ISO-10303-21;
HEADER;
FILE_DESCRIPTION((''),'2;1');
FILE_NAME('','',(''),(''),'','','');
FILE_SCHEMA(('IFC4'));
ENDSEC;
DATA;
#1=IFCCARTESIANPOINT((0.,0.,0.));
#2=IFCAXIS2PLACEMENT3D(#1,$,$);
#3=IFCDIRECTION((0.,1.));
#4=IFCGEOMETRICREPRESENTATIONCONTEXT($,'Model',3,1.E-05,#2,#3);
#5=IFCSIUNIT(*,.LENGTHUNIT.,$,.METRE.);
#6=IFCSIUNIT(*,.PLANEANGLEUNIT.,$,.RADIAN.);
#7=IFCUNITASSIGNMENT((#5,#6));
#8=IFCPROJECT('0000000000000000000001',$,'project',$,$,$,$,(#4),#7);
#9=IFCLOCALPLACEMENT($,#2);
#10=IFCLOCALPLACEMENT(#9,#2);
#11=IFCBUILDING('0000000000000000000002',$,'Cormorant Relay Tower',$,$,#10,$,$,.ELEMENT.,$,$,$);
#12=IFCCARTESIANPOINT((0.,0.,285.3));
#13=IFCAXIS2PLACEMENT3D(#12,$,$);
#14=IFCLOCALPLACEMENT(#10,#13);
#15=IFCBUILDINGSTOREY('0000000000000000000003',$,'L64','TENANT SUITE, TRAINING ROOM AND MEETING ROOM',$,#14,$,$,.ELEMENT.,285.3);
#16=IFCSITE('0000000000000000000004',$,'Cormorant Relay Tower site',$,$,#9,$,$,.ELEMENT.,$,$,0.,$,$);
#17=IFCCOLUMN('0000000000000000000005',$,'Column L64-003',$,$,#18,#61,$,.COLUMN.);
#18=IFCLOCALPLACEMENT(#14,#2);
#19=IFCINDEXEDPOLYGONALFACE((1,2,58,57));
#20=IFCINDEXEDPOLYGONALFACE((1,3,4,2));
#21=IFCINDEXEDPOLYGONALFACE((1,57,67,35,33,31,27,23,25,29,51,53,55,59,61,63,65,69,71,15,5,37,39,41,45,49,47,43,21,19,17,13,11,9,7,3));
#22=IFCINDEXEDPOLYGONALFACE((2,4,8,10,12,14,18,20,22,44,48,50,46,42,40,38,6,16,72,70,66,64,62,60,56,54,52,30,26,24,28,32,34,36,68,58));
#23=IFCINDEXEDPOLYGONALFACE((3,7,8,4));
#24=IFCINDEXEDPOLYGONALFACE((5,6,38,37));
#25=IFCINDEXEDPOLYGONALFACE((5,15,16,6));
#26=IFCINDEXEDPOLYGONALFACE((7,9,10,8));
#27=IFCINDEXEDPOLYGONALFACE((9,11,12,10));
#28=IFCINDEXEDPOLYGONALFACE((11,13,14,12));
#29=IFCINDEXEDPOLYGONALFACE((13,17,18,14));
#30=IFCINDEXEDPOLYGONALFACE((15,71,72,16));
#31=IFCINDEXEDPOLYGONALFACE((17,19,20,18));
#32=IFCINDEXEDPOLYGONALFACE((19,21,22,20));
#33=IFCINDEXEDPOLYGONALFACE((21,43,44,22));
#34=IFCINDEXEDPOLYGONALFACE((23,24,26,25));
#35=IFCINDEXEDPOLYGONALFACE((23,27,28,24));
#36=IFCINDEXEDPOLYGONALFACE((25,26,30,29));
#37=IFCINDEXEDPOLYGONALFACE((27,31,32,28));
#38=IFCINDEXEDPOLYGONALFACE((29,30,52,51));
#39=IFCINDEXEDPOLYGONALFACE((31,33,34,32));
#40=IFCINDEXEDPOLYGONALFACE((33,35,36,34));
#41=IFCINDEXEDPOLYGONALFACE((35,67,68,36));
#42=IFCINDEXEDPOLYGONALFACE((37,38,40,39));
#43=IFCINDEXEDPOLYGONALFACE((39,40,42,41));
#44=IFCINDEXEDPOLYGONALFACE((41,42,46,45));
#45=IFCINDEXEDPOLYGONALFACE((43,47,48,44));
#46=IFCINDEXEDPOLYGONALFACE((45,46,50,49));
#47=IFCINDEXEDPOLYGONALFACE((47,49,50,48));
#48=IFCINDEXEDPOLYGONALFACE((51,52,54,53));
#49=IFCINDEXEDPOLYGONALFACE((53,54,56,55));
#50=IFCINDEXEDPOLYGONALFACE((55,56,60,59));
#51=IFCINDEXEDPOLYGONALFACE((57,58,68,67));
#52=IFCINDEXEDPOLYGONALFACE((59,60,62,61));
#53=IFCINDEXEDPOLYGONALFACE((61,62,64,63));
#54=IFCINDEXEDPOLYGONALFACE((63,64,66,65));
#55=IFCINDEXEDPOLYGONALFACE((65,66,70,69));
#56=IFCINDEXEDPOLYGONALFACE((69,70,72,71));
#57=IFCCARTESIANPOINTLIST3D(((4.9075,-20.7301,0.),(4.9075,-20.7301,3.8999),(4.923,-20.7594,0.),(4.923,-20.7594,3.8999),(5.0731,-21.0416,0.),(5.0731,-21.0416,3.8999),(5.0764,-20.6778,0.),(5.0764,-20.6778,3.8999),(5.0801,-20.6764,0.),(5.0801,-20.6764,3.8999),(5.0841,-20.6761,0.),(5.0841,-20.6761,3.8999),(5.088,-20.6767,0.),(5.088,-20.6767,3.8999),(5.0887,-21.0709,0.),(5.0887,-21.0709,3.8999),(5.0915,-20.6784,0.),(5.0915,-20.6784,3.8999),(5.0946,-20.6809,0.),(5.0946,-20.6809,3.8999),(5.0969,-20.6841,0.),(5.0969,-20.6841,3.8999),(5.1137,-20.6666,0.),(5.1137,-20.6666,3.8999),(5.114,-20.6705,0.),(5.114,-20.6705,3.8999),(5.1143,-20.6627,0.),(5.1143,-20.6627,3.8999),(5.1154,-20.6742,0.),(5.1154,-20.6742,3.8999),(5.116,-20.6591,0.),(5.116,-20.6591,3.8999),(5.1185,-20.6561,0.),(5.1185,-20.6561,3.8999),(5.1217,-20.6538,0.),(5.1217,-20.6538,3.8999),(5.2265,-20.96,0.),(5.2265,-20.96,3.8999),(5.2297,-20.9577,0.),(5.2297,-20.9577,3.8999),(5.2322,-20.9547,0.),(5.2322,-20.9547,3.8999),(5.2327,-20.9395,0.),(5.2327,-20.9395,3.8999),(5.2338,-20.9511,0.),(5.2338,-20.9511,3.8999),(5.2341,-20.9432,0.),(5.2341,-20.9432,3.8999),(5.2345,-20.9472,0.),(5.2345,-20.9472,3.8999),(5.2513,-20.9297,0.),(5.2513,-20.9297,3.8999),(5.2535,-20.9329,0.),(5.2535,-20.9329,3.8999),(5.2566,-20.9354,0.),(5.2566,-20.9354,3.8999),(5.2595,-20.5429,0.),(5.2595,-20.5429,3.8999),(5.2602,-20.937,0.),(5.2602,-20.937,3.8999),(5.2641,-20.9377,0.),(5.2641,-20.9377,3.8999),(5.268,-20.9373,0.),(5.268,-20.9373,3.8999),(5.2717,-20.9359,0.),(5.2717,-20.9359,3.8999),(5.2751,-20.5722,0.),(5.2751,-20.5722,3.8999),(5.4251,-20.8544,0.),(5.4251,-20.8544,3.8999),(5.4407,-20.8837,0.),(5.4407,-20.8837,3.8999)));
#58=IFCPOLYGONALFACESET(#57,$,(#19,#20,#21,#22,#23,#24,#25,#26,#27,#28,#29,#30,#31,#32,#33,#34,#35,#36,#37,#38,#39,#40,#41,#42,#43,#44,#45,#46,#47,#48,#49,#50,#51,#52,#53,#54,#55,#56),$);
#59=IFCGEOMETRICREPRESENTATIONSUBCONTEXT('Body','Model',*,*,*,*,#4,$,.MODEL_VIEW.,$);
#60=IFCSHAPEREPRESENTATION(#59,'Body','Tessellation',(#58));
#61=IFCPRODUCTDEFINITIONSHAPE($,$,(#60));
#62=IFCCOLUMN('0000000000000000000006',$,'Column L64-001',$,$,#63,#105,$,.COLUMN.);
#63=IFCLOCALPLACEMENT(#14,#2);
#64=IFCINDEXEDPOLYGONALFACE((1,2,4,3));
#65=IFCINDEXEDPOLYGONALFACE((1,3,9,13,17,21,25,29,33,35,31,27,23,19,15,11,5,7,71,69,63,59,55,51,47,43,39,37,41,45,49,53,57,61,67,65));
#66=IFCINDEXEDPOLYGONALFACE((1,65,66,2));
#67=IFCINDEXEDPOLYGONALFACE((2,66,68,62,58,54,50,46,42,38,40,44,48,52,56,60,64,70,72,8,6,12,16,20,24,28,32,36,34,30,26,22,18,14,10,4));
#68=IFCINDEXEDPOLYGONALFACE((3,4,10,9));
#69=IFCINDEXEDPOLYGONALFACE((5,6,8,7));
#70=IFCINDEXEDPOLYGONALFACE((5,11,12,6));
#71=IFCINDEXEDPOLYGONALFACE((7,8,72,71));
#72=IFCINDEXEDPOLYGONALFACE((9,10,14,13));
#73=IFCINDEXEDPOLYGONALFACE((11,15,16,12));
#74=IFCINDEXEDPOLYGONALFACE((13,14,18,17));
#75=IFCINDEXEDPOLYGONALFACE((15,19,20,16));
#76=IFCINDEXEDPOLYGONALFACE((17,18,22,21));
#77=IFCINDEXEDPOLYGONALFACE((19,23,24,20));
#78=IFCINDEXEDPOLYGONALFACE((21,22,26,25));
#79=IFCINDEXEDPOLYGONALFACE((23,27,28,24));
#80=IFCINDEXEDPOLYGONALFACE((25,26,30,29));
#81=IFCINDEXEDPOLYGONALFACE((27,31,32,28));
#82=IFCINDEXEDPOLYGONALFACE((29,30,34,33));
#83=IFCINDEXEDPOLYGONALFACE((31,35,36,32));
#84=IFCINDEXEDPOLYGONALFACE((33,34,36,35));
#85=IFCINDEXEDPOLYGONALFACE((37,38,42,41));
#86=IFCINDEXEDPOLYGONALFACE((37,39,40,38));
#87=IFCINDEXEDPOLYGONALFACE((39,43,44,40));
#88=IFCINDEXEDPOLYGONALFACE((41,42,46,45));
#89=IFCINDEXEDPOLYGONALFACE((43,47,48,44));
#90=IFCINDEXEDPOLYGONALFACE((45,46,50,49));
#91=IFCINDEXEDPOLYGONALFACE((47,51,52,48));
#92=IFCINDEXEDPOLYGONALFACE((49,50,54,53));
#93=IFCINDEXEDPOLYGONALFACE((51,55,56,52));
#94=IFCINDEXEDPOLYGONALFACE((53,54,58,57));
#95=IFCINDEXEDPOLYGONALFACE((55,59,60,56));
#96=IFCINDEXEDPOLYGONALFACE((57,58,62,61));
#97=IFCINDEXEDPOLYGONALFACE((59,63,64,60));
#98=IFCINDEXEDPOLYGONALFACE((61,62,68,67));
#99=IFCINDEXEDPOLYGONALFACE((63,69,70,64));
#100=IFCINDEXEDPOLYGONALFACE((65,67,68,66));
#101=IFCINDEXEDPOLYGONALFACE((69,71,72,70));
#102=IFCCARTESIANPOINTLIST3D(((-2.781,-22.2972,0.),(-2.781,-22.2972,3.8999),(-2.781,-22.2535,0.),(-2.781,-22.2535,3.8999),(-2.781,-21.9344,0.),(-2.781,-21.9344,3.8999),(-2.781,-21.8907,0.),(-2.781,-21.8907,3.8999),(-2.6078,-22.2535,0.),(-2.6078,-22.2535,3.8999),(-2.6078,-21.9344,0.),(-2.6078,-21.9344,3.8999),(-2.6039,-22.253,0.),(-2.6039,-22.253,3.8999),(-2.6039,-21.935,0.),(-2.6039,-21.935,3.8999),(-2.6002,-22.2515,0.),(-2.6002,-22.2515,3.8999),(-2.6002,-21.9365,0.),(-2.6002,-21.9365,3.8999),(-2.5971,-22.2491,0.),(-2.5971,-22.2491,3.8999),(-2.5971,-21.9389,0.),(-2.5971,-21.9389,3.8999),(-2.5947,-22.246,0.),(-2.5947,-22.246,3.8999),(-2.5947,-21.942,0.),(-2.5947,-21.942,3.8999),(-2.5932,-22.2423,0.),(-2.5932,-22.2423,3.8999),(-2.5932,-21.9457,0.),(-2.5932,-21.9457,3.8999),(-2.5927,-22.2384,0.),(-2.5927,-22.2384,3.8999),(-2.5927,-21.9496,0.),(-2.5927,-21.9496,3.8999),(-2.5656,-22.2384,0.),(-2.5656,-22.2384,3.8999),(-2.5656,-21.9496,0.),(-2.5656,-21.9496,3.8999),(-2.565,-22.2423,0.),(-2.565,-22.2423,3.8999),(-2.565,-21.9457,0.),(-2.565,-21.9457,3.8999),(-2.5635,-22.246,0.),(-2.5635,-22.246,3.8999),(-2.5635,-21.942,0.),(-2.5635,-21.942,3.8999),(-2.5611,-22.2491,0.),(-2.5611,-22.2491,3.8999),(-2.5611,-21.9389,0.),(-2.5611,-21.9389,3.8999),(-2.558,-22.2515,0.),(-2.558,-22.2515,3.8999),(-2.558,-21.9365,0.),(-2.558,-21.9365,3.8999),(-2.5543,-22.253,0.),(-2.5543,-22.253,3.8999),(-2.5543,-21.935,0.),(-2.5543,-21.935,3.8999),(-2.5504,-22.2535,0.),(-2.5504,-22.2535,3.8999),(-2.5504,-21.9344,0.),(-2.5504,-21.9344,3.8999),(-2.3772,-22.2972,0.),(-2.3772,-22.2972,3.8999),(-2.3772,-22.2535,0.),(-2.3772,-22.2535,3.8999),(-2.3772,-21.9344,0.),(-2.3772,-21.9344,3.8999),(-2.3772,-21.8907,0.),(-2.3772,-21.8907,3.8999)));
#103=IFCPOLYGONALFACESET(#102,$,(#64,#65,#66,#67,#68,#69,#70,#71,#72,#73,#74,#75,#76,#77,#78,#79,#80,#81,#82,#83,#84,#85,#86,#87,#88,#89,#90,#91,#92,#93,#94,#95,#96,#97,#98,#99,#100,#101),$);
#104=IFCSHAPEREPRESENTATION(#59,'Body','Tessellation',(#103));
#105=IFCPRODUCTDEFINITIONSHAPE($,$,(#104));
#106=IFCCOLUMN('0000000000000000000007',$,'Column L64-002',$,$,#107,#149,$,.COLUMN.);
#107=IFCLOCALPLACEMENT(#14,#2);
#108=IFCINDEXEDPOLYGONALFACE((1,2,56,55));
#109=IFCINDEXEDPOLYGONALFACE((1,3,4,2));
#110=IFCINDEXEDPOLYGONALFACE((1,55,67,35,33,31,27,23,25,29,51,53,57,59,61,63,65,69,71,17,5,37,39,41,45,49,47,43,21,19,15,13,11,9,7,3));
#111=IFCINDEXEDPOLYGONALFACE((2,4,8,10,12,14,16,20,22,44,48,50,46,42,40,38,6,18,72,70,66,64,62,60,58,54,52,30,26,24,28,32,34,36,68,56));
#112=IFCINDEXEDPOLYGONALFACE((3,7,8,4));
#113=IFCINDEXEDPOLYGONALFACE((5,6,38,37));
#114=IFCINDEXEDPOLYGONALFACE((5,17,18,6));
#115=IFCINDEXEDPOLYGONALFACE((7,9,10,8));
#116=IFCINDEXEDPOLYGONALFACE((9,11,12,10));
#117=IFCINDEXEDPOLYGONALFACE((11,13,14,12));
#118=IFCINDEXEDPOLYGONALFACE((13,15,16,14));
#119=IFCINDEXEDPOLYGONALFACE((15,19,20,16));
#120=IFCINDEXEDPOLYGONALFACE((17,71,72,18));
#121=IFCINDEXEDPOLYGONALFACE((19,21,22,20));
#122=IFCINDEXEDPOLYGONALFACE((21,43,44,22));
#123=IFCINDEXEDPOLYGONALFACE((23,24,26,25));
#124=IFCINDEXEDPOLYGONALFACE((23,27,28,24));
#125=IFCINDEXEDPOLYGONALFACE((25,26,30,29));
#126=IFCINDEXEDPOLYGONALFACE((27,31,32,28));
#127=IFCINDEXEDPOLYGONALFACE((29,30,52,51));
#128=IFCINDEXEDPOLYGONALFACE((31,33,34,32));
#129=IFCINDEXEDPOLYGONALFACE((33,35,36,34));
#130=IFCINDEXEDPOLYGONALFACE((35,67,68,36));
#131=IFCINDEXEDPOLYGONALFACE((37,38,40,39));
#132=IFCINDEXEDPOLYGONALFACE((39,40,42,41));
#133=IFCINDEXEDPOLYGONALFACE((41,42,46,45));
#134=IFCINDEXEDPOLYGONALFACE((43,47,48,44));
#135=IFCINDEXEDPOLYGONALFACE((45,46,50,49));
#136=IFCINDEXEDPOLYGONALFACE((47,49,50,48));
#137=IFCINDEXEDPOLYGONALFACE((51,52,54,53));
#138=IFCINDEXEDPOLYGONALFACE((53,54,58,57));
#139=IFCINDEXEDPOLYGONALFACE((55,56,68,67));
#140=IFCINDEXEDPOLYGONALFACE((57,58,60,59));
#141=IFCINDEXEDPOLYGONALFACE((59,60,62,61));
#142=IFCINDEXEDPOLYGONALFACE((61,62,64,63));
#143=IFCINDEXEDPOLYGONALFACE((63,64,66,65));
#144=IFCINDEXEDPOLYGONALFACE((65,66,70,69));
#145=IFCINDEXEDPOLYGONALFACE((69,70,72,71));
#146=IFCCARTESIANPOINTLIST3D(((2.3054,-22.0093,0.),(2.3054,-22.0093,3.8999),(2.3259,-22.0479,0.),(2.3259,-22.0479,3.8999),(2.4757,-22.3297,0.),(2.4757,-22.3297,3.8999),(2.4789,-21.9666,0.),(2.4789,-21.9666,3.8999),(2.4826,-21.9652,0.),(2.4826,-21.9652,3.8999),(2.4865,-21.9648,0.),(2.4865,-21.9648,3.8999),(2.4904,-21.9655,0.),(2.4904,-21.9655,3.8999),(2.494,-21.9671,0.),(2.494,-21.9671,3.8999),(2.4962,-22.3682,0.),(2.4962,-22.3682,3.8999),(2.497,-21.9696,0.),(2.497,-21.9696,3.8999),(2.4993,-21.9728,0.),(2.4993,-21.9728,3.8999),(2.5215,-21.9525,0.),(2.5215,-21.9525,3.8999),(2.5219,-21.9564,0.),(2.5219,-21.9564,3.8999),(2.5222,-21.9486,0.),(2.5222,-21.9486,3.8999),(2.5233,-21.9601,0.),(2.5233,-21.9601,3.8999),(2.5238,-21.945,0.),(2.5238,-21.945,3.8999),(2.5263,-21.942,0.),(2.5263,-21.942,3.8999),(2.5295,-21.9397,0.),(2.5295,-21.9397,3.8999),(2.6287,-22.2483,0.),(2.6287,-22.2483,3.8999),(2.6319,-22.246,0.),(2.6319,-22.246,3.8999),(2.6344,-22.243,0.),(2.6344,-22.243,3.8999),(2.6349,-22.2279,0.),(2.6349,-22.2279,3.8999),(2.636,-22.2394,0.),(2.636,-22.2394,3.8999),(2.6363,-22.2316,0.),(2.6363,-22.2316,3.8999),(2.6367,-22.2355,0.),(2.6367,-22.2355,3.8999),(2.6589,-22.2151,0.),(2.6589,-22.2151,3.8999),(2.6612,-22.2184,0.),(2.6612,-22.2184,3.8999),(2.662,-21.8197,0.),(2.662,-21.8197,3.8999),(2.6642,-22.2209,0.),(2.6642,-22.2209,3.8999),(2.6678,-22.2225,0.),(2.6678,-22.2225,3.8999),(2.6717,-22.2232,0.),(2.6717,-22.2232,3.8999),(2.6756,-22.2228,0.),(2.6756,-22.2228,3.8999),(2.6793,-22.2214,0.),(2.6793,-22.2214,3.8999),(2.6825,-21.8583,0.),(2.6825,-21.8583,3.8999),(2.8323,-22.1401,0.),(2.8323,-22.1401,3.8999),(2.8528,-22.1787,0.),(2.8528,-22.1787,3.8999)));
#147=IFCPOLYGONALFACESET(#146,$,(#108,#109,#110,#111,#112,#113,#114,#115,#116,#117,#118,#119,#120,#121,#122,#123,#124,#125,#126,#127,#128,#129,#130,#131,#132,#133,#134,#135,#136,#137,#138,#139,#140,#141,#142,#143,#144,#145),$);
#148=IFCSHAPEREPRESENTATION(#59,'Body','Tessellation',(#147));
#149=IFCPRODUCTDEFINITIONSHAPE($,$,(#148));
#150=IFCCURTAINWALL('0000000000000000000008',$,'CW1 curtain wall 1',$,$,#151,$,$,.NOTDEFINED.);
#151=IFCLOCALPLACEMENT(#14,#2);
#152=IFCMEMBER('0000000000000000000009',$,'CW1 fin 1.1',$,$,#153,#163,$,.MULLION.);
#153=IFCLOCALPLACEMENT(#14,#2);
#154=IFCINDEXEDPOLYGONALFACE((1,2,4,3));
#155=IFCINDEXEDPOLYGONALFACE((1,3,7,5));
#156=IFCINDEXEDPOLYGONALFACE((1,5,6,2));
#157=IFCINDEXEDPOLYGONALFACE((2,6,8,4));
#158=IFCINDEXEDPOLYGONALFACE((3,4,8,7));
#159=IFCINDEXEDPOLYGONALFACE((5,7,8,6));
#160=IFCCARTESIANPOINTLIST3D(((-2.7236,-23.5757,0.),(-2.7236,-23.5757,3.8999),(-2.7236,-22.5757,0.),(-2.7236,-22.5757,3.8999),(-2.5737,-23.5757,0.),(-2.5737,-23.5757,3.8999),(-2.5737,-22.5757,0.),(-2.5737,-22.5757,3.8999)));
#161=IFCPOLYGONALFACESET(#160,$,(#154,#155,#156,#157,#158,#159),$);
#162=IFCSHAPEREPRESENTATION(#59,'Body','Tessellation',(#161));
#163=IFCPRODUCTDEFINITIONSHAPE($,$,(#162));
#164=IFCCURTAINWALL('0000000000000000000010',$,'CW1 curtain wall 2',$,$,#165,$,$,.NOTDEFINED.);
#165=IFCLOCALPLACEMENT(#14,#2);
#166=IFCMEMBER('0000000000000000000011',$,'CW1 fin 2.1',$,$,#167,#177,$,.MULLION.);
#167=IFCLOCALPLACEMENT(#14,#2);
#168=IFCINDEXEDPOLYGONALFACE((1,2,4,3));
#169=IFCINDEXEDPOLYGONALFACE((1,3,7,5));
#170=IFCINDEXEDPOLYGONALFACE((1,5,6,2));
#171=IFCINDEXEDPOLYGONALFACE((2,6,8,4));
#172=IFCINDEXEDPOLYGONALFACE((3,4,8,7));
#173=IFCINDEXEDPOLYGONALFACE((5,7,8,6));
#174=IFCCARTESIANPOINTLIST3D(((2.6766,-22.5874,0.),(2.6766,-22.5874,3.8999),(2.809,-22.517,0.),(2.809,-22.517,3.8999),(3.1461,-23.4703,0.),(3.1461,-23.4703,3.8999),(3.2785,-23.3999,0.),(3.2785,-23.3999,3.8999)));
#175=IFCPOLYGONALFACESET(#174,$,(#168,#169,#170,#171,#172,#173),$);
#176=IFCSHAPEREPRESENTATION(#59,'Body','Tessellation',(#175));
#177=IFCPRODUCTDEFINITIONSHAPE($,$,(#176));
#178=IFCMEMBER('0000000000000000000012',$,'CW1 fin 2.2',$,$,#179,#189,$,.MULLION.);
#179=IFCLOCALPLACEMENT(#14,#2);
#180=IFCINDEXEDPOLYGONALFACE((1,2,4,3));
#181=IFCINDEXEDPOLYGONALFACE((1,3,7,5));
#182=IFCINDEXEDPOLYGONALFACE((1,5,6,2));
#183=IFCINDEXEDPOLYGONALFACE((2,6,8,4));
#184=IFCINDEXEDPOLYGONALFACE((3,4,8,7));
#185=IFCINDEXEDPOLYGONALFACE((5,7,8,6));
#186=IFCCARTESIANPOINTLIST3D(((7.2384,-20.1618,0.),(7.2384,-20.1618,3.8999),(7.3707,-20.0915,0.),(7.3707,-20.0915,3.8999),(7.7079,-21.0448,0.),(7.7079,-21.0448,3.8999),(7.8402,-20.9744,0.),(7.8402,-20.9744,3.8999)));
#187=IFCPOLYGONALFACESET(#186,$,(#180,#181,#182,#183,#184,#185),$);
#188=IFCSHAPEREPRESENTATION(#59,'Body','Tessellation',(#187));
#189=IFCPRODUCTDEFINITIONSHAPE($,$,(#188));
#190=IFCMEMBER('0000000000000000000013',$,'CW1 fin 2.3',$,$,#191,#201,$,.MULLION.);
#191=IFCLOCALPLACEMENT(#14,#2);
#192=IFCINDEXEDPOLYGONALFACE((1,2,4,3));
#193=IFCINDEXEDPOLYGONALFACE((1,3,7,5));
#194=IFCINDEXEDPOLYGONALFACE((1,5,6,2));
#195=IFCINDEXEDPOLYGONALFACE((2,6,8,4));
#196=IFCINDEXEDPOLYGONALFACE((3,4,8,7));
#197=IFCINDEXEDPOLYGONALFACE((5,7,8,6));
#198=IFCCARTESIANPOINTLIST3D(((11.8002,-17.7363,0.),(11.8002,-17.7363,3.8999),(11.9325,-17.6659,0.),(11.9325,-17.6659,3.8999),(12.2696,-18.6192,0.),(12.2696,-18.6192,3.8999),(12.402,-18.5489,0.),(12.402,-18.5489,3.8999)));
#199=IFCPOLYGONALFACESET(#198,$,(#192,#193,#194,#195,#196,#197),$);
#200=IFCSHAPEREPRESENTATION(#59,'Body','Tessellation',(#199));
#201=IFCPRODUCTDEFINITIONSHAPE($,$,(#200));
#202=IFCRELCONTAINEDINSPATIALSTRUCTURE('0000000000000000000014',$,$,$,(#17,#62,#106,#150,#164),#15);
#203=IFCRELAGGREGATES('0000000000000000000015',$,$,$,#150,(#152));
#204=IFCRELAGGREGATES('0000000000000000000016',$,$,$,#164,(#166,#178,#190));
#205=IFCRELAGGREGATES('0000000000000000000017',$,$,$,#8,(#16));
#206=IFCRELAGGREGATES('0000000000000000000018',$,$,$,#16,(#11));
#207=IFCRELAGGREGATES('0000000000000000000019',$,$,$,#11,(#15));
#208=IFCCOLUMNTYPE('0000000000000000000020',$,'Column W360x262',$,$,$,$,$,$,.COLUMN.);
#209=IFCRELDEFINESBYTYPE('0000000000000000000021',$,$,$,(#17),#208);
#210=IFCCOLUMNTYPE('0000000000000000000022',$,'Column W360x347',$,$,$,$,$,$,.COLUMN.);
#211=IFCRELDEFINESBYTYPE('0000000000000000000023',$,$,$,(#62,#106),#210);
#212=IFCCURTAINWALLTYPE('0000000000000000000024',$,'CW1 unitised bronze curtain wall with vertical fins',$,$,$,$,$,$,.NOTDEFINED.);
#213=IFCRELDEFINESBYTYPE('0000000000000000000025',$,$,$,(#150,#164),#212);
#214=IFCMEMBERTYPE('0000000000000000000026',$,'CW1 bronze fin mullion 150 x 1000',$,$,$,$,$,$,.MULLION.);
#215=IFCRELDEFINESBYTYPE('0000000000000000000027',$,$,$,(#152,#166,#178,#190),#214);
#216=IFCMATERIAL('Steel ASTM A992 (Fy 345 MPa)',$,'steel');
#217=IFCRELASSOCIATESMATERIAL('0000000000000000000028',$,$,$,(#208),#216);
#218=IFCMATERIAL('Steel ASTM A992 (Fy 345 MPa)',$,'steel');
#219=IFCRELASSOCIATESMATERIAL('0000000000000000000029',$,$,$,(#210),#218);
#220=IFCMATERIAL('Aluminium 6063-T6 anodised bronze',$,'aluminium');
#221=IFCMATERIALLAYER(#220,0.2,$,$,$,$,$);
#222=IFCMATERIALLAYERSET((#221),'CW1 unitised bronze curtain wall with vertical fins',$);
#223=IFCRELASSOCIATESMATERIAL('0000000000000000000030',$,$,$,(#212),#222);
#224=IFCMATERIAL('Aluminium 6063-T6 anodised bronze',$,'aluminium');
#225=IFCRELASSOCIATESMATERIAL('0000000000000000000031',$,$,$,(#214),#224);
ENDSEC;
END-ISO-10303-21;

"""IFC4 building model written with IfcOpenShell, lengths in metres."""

from ifc_helpers import new_model, si_unit, direction, frame, origin, origin_2d, place, context, subcontext, project, spatial, rectangle, i_section, extrude, material, layer, layer_set, material_profile, profile_set, type_object, element, aggregate, save


model = new_model("IFC4")

# Units and contexts
model_context = context("Model", 3, precision=1e-05, world=origin(), true_north=direction((0.0, 1.0)))
body_context = subcontext(model_context, "Body", "Model", "MODEL_VIEW")
ifc_project = project(units=[si_unit("LENGTHUNIT", "METRE"), si_unit("PLANEANGLEUNIT", "RADIAN")], contexts=[model_context])

# Site, building, storey
site_placement = place(None, origin())
site = spatial("IfcSite", under=ifc_project, at=site_placement, Name="Cormorant Relay Tower site", CompositionType="ELEMENT", RefElevation=0.0)
building_placement = place(site_placement, origin())
building = spatial("IfcBuilding", under=site, at=building_placement, Name="Cormorant Relay Tower", CompositionType="ELEMENT")
storey_placement = place(building_placement, frame((0.0, 0.0, 285.3)))
storey = spatial("IfcBuildingStorey", under=building, at=storey_placement, Name="L64", Description="TENANT SUITE, TRAINING ROOM AND MEETING ROOM", CompositionType="ELEMENT", Elevation=285.3)

# Columns
ifc_material_1 = material(Name="Steel ASTM A992 (Fy 345 MPa)", Category="steel")
ifc_material_profile_1 = material_profile(ifc_material_1, i_section(OverallWidth=0.3987, OverallDepth=0.386, WebThickness=0.021, FlangeThickness=0.0332, FilletRadius=0.0151, at=origin_2d()), Name="W360x262")
ifc_profile_set_1 = profile_set([ifc_material_profile_1], Name="Steel ASTM A992 (Fy 345 MPa)")
column_type_1 = type_object("IfcColumnType", Name="Column W360x262", PredefinedType="COLUMN", material=ifc_profile_set_1)
column_placement = place(storey_placement, frame((5.1741, -20.8069, 0.0), z_axis=(0.0, 0.0, 1.0), x_axis=(0.882948, 0.469472, 0.0)))
element("IfcColumn", 1, at=column_placement, inside=storey, type_object=column_type_1, Name="Column L64-003", PredefinedType="COLUMN", context=body_context, shape_type="SweptSolid", body=[
    extrude(i_section(OverallWidth=0.3987, OverallDepth=0.386, WebThickness=0.021, FlangeThickness=0.0332, FilletRadius=0.0151, at=origin_2d()), origin(), (0.0, 0.0, 1.0), 3.8999),
])
ifc_material_2 = material(Name="Steel ASTM A992 (Fy 345 MPa)", Category="steel")
ifc_material_profile_2 = material_profile(ifc_material_2, i_section(OverallWidth=0.4038, OverallDepth=0.4065, WebThickness=0.0271, FlangeThickness=0.0437, FilletRadius=0.0151, at=origin_2d()), Name="W360x347")
ifc_profile_set_2 = profile_set([ifc_material_profile_2], Name="Steel ASTM A992 (Fy 345 MPa)")
column_type_2 = type_object("IfcColumnType", Name="Column W360x347", PredefinedType="COLUMN", material=ifc_profile_set_2)
for number, where, z_axis, x_axis, name in (
    (2, (-2.5791, -22.094, 0.0), (0.0, 0.0, 1.0), (1.0, 0.0, 0.0), "Column L64-001"),
    (3, (2.5791, -22.094, 0.0), (0.0, 0.0, 1.0), (0.882948, 0.469472, 0.0), "Column L64-002"),
):
    element("IfcColumn", number, at=place(storey_placement, frame(where, z_axis=z_axis, x_axis=x_axis)), inside=storey, type_object=column_type_2, Name=name, PredefinedType="COLUMN", context=body_context, shape_type="SweptSolid", body=[
        extrude(i_section(OverallWidth=0.4038, OverallDepth=0.4065, WebThickness=0.0271, FlangeThickness=0.0437, FilletRadius=0.0151, at=origin_2d()), origin(), (0.0, 0.0, 1.0), 3.8999),
    ])

# Curtain wall, member
ifc_material_3 = material(Name="Aluminium 6063-T6 anodised bronze", Category="aluminium")
ifc_layer_1 = layer(ifc_material_3, 0.2)
ifc_layer_set_1 = layer_set([ifc_layer_1], Name="CW1 unitised bronze curtain wall with vertical fins")
curtain_wall_type = type_object("IfcCurtainWallType", Name="CW1 unitised bronze curtain wall with vertical fins", PredefinedType="NOTDEFINED", material=ifc_layer_set_1)
curtain_wall_1_placement = place(storey_placement, origin())
curtain_wall_1 = element("IfcCurtainWall", 4, at=curtain_wall_1_placement, inside=storey, type_object=curtain_wall_type, Name="CW1 curtain wall 1", PredefinedType="NOTDEFINED")
ifc_material_4 = material(Name="Aluminium 6063-T6 anodised bronze", Category="aluminium")
ifc_material_profile_3 = material_profile(ifc_material_4, rectangle(XDim=0.1499, YDim=1.0, at=origin_2d()), Name="AL 150x1000")
ifc_profile_set_3 = profile_set([ifc_material_profile_3], Name="Aluminium 6063-T6 anodised bronze")
member_type_1 = type_object("IfcMemberType", Name="CW1 bronze fin mullion 150 x 1000", PredefinedType="MULLION", material=ifc_profile_set_3)
member_1_placement = place(storey_placement, frame((-2.6487, -23.0757, 0.0), z_axis=(0.0, 0.0, 1.0), x_axis=(1.0, 0.0, 0.0)))
member_1 = element("IfcMember", 5, at=member_1_placement, type_object=member_type_1, Name="CW1 fin 1.1", PredefinedType="MULLION", context=body_context, shape_type="SweptSolid", body=[
    extrude(rectangle(XDim=0.1499, YDim=1.0, at=origin_2d()), origin(), (0.0, 0.0, 1.0), 3.8999),
])

# Curtain wall, members
curtain_wall_2_placement = place(storey_placement, origin())
curtain_wall_2 = element("IfcCurtainWall", 6, at=curtain_wall_2_placement, inside=storey, type_object=curtain_wall_type, Name="CW1 curtain wall 2", PredefinedType="NOTDEFINED")
member_2_placement = place(storey_placement, frame((2.9775, -22.9937, 0.0), z_axis=(0.0, 0.0, 1.0), x_axis=(0.882948, 0.469472, 0.0)))
member_2 = element("IfcMember", 7, at=member_2_placement, type_object=member_type_1, Name="CW1 fin 2.1", PredefinedType="MULLION", context=body_context, shape_type="SweptSolid", body=[
    extrude(rectangle(XDim=0.1499, YDim=1.0, at=origin_2d()), origin(), (0.0, 0.0, 1.0), 3.8999),
])
member_3_placement = place(storey_placement, frame((7.5393, -20.5681, 0.0), z_axis=(0.0, 0.0, 1.0), x_axis=(0.882948, 0.469472, 0.0)))
member_3 = element("IfcMember", 8, at=member_3_placement, type_object=member_type_1, Name="CW1 fin 2.2", PredefinedType="MULLION", context=body_context, shape_type="SweptSolid", body=[
    extrude(rectangle(XDim=0.1499, YDim=1.0, at=origin_2d()), origin(), (0.0, 0.0, 1.0), 3.8999),
])
member_4_placement = place(storey_placement, frame((12.1011, -18.1426, 0.0), z_axis=(0.0, 0.0, 1.0), x_axis=(0.882948, 0.469472, 0.0)))
member_4 = element("IfcMember", 9, at=member_4_placement, type_object=member_type_1, Name="CW1 fin 2.3", PredefinedType="MULLION", context=body_context, shape_type="SweptSolid", body=[
    extrude(rectangle(XDim=0.1499, YDim=1.0, at=origin_2d()), origin(), (0.0, 0.0, 1.0), 3.8999),
])

aggregate(curtain_wall_1, [member_1])

aggregate(curtain_wall_2, [member_2, member_3, member_4])

save(model, "model.ifc")
